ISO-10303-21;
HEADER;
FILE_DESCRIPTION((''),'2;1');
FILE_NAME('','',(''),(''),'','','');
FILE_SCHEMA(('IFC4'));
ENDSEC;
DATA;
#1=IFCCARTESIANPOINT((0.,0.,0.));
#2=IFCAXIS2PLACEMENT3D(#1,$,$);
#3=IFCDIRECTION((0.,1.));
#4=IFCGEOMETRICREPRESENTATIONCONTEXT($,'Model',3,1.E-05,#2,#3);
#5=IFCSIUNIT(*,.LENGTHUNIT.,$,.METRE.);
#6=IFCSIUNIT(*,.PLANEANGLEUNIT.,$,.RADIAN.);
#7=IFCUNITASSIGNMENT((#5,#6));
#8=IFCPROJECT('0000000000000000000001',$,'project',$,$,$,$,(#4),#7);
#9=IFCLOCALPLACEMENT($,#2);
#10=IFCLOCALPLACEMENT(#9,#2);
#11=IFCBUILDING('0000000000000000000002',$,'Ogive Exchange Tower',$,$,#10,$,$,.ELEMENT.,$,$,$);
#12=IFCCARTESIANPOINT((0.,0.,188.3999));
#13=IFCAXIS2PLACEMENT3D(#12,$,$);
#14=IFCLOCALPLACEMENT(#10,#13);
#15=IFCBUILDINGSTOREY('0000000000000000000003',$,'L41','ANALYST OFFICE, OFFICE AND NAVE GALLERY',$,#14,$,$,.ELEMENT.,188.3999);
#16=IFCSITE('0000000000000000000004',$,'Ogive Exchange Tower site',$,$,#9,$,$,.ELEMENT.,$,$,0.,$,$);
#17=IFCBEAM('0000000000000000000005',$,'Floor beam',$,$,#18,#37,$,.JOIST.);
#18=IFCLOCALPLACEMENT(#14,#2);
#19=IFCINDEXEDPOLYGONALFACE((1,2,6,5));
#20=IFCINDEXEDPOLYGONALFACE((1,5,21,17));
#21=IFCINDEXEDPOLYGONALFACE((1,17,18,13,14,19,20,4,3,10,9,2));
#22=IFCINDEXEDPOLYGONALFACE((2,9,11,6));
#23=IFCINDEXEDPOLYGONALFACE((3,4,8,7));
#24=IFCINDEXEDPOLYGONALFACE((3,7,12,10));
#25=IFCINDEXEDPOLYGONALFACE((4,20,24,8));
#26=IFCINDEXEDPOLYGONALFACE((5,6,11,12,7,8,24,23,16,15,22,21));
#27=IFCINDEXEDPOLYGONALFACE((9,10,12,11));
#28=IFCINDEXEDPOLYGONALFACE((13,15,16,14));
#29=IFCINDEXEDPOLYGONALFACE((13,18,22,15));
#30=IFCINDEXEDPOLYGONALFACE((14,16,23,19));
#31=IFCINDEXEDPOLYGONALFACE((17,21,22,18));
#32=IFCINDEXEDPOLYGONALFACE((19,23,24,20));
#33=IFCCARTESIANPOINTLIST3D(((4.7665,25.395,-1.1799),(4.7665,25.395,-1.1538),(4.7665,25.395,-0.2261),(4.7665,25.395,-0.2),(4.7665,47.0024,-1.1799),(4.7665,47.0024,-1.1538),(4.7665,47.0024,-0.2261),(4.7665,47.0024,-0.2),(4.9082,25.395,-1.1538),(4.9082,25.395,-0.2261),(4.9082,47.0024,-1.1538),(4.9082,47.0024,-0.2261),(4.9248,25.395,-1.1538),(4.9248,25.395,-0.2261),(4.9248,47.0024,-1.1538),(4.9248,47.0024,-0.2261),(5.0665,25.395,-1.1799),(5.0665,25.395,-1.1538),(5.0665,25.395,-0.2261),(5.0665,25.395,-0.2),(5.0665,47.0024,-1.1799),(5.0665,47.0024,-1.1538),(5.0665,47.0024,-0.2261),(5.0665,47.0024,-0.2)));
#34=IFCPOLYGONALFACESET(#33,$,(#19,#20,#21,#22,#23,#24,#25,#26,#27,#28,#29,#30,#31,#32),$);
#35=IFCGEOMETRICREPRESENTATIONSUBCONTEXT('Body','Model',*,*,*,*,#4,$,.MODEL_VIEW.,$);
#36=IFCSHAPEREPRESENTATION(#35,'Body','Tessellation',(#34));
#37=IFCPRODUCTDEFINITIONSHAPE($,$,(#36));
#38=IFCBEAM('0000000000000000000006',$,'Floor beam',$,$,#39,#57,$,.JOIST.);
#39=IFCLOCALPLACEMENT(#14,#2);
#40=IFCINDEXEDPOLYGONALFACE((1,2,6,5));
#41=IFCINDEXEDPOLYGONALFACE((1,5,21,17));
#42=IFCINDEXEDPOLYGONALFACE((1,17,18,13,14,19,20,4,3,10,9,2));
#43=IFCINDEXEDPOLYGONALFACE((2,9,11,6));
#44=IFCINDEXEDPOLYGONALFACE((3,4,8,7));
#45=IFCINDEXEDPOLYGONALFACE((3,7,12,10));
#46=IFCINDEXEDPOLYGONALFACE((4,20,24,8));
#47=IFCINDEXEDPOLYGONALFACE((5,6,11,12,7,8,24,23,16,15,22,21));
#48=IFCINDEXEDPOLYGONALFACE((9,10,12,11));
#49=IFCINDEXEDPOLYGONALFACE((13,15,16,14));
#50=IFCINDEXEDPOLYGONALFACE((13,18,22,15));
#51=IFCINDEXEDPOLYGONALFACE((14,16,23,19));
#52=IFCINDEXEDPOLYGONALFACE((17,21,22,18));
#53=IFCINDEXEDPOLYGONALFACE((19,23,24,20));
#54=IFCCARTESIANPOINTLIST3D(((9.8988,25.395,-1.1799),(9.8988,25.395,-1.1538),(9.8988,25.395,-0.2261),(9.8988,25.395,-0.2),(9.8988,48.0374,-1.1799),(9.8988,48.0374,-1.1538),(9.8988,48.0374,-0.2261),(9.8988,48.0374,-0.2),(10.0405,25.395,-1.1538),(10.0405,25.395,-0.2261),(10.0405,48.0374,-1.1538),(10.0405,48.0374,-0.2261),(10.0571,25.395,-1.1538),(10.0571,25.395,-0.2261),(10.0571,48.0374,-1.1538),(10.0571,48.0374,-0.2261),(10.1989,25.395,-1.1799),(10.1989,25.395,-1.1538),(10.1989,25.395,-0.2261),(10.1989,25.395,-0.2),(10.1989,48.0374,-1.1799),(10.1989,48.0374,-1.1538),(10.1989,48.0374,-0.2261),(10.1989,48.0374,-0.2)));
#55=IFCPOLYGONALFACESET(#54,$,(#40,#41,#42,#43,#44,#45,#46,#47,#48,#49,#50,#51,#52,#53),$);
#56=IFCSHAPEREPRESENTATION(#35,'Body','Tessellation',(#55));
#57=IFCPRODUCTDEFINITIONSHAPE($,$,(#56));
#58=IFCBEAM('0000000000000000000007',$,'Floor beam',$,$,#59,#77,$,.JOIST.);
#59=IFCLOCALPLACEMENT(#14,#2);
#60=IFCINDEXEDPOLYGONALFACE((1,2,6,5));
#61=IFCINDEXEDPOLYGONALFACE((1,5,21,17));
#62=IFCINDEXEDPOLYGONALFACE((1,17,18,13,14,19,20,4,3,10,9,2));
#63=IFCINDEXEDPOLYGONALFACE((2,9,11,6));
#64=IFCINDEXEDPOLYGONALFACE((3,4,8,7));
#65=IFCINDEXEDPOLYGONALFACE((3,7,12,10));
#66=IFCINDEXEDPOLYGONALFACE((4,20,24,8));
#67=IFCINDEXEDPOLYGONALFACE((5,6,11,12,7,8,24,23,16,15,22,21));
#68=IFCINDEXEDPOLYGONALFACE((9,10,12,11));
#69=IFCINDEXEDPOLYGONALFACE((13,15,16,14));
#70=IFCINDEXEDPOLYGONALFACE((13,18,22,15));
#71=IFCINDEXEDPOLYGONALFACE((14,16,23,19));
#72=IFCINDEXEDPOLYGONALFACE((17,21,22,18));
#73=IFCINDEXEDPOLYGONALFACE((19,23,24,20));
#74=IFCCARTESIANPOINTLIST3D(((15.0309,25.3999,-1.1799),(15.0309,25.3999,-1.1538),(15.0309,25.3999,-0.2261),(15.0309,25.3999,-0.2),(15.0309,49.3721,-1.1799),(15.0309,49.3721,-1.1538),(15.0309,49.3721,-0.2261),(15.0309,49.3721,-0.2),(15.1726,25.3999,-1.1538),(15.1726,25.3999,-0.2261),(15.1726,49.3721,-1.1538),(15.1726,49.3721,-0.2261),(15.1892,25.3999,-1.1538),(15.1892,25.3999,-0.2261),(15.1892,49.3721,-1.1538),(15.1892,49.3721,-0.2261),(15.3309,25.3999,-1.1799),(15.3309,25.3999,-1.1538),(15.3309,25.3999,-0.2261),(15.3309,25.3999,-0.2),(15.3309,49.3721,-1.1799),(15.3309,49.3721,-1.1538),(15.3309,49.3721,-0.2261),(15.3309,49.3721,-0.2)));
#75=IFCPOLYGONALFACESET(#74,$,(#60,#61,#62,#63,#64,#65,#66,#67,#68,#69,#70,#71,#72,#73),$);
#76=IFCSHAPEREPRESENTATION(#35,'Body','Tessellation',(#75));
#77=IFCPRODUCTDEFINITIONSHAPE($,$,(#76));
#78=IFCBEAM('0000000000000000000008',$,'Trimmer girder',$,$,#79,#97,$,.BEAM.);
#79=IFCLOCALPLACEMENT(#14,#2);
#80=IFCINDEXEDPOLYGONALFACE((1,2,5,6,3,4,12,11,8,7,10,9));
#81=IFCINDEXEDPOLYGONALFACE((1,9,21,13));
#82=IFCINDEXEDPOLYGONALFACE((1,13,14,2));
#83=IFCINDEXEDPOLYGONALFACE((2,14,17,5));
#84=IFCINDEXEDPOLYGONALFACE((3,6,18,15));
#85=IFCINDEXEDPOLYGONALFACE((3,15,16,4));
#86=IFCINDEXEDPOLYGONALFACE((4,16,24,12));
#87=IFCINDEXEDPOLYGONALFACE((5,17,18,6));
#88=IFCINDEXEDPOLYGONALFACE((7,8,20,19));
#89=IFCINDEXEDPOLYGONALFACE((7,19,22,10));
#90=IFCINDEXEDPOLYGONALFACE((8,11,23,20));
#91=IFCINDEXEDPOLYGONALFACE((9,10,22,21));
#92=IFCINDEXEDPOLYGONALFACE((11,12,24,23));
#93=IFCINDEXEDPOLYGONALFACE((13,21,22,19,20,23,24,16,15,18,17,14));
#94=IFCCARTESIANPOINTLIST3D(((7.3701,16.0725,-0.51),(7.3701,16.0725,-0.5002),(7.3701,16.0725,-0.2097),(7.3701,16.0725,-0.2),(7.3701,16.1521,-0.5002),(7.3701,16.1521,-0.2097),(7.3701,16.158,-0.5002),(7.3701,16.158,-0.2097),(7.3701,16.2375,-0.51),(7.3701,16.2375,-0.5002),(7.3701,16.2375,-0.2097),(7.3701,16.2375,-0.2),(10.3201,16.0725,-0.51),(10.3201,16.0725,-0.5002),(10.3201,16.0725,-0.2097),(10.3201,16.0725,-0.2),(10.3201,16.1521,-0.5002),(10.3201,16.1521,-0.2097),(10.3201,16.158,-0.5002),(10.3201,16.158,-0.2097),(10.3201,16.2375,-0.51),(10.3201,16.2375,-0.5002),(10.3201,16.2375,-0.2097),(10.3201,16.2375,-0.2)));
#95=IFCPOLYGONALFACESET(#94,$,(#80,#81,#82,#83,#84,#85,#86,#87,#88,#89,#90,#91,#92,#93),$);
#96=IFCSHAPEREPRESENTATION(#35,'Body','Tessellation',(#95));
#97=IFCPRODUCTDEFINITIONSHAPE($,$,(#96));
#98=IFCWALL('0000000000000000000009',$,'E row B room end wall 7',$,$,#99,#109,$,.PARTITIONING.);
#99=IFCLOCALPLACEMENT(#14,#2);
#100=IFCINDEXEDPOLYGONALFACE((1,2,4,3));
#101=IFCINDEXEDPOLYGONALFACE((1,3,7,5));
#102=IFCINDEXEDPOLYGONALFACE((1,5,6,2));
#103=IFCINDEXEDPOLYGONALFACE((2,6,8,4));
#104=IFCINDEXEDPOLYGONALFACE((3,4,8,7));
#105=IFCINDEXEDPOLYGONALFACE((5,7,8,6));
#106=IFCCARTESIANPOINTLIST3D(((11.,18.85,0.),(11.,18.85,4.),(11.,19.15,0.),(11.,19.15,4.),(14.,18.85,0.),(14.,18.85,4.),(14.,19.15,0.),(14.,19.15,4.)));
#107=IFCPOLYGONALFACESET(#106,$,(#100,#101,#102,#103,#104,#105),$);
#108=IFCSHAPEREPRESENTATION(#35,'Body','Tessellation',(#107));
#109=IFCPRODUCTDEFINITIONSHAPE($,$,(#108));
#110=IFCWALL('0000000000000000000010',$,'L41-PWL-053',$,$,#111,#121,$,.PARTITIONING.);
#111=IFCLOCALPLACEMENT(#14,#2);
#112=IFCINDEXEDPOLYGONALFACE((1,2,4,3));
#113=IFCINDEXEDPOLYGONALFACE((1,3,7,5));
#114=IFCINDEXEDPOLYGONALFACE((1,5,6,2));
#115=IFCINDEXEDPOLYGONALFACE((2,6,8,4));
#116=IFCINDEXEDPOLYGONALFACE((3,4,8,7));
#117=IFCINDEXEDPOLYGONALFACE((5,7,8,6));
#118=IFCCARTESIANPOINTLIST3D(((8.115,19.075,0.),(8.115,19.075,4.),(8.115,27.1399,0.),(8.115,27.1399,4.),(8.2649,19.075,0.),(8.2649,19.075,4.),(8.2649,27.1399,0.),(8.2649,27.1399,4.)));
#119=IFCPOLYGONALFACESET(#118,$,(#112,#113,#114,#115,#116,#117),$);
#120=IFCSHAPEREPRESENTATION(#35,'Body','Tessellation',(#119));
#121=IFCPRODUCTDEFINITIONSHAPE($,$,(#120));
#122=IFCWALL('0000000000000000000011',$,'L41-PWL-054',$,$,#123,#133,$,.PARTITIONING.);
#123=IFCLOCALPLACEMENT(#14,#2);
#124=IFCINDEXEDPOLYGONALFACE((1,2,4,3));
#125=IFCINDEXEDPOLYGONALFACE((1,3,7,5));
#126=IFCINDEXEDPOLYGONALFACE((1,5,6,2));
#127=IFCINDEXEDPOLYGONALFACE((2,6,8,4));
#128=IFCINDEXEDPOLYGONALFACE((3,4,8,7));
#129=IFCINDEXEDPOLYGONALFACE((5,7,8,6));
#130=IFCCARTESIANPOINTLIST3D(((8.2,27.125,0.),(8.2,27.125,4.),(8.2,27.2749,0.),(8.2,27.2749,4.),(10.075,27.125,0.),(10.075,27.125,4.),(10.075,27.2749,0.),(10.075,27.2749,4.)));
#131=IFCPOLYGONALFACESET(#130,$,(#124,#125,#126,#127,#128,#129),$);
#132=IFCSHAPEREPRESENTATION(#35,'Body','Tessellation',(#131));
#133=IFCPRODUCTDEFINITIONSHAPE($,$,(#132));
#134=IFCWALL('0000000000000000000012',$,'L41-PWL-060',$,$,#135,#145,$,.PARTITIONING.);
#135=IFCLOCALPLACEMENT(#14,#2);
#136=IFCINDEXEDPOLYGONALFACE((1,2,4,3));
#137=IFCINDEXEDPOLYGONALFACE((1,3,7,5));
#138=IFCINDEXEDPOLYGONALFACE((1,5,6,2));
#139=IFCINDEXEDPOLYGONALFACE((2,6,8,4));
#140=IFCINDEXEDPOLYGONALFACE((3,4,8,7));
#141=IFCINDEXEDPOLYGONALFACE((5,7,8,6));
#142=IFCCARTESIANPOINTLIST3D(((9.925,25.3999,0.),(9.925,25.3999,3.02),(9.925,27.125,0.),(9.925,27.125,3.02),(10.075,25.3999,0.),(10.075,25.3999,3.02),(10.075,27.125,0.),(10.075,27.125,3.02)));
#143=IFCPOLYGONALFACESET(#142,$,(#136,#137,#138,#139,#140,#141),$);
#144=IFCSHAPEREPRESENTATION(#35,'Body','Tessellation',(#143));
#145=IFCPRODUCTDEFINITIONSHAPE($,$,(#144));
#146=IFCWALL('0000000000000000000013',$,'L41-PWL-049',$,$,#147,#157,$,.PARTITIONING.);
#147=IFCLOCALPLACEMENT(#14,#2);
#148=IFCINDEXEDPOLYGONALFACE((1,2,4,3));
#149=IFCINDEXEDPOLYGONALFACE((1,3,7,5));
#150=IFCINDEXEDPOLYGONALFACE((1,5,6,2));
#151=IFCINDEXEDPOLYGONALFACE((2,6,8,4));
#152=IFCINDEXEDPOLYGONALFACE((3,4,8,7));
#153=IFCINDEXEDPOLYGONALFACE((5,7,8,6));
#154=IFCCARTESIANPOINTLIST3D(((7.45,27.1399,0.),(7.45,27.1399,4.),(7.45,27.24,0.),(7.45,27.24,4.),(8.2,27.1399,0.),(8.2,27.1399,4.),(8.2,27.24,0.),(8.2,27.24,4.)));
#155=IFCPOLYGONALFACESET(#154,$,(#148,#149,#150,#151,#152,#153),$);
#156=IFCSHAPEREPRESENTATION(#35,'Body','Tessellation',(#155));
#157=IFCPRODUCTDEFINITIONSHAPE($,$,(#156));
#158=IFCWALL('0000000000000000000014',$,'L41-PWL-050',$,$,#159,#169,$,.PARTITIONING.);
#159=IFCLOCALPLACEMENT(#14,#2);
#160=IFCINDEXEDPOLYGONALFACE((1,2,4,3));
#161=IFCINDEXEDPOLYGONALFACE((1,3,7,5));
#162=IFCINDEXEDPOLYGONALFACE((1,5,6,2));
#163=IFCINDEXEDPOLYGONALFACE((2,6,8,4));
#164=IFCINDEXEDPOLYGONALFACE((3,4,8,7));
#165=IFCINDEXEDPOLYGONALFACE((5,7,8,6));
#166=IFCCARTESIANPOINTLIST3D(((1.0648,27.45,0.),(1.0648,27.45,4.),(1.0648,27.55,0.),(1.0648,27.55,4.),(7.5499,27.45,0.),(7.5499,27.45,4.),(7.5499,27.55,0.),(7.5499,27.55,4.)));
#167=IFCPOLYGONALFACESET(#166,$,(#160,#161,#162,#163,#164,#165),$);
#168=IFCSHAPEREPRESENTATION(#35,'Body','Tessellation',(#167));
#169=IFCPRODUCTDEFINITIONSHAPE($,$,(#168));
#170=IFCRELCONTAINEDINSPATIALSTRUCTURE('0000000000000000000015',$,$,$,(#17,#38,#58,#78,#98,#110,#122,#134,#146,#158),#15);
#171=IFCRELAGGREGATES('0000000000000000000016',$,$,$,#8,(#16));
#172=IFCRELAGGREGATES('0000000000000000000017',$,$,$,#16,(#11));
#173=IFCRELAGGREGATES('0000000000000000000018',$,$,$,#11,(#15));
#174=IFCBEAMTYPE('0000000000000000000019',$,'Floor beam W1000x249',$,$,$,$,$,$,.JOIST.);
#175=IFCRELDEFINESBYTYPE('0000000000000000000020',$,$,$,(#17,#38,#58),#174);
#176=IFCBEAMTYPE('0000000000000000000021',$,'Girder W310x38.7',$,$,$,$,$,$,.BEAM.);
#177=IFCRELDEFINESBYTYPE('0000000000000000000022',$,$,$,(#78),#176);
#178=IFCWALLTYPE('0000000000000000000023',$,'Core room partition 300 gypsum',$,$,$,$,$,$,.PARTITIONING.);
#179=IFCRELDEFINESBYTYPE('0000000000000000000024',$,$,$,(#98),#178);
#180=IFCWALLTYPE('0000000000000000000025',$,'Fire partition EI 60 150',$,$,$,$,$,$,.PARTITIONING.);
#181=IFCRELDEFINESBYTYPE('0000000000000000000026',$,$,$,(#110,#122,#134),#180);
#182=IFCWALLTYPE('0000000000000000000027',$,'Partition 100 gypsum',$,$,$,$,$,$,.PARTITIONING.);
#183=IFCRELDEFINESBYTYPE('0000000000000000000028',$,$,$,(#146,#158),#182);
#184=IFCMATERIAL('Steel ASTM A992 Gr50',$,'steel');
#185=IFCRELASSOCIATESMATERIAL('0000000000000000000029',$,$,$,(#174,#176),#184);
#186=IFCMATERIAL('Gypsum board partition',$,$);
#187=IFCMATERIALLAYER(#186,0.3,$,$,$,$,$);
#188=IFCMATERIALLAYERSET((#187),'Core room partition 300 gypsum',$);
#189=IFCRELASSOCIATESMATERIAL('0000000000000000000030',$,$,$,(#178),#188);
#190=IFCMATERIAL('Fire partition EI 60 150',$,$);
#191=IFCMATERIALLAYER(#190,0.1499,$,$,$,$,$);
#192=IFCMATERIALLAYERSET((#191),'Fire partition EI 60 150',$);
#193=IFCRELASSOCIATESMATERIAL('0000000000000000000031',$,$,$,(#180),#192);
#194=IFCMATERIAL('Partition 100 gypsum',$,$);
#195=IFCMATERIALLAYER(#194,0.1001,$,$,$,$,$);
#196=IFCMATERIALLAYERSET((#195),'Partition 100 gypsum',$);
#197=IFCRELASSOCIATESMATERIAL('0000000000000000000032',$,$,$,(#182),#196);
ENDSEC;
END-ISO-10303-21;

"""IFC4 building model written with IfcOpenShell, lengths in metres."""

from ifc_helpers import new_model, si_unit, direction, frame, frame_2d, origin, origin_2d, place, context, subcontext, project, spatial, rectangle, i_section, extrude, material, layer, layer_set, material_profile, profile_set, type_object, element, save


model = new_model("IFC4")

# Units and contexts
model_context = context("Model", 3, precision=1e-05, world=origin(), true_north=direction((0.0, 1.0)))
body_context = subcontext(model_context, "Body", "Model", "MODEL_VIEW")
ifc_project = project(units=[si_unit("LENGTHUNIT", "METRE"), si_unit("PLANEANGLEUNIT", "RADIAN")], contexts=[model_context])

# Site, building, storey
site_placement = place(None, origin())
site = spatial("IfcSite", under=ifc_project, at=site_placement, Name="Ogive Exchange Tower site", CompositionType="ELEMENT", RefElevation=0.0)
building_placement = place(site_placement, origin())
building = spatial("IfcBuilding", under=site, at=building_placement, Name="Ogive Exchange Tower", CompositionType="ELEMENT")
storey_placement = place(building_placement, frame((0.0, 0.0, 188.3999)))
storey = spatial("IfcBuildingStorey", under=building, at=storey_placement, Name="L41", Description="ANALYST OFFICE, OFFICE AND NAVE GALLERY", CompositionType="ELEMENT", Elevation=188.3999)

# Beams
ifc_material_1 = material(Name="Steel ASTM A992 Gr50", Category="steel")
ifc_material_profile_1 = material_profile(ifc_material_1, i_section(OverallWidth=0.3, OverallDepth=0.98, WebThickness=0.0166, FlangeThickness=0.0261, at=origin_2d()), Name="W1000x249")
ifc_profile_set_1 = profile_set([ifc_material_profile_1], Name="Steel ASTM A992 Gr50")
beam_type_1 = type_object("IfcBeamType", Name="Floor beam W1000x249", PredefinedType="JOIST", material=ifc_profile_set_1)
beam_1_placement = place(storey_placement, frame((4.9165, 25.395, -0.6899), z_axis=(0.0, 1.0, 0.0), x_axis=(-1.0, 0.0, 0.0)))
element("IfcBeam", 1, at=beam_1_placement, inside=storey, type_object=beam_type_1, Name="Floor beam", PredefinedType="JOIST", context=body_context, shape_type="SweptSolid", body=[
    extrude(i_section(OverallWidth=0.3, OverallDepth=0.98, WebThickness=0.0166, FlangeThickness=0.0261, at=origin_2d()), origin(), (0.0, 0.0, 1.0), 21.6074),
])
beam_2_placement = place(storey_placement, frame((10.0488, 25.395, -0.6899), z_axis=(0.0, 1.0, 0.0), x_axis=(-1.0, 0.0, 0.0)))
element("IfcBeam", 2, at=beam_2_placement, inside=storey, type_object=beam_type_1, Name="Floor beam", PredefinedType="JOIST", context=body_context, shape_type="SweptSolid", body=[
    extrude(i_section(OverallWidth=0.3, OverallDepth=0.98, WebThickness=0.0166, FlangeThickness=0.0261, at=origin_2d()), origin(), (0.0, 0.0, 1.0), 22.6423),
])
beam_3_placement = place(storey_placement, frame((15.1809, 25.3999, -0.6899), z_axis=(0.0, 1.0, 0.0), x_axis=(-1.0, 0.0, 0.0)))
element("IfcBeam", 3, at=beam_3_placement, inside=storey, type_object=beam_type_1, Name="Floor beam", PredefinedType="JOIST", context=body_context, shape_type="SweptSolid", body=[
    extrude(i_section(OverallWidth=0.3, OverallDepth=0.98, WebThickness=0.0166, FlangeThickness=0.0261, at=origin_2d()), origin(), (0.0, 0.0, 1.0), 23.9722),
])
ifc_material_profile_2 = material_profile(ifc_material_1, i_section(OverallWidth=0.165, OverallDepth=0.3101, WebThickness=0.0059, FlangeThickness=0.0098, at=origin_2d()), Name="W310x38.7")
ifc_profile_set_2 = profile_set([ifc_material_profile_2], Name="Steel ASTM A992 Gr50")
beam_type_2 = type_object("IfcBeamType", Name="Girder W310x38.7", PredefinedType="BEAM", material=ifc_profile_set_2)
beam_4_placement = place(storey_placement, frame((7.3701, 16.155, -0.355), z_axis=(1.0, 0.0, 0.0), x_axis=(0.0, 1.0, 0.0)))
element("IfcBeam", 4, at=beam_4_placement, inside=storey, type_object=beam_type_2, Name="Trimmer girder", PredefinedType="BEAM", context=body_context, shape_type="SweptSolid", body=[
    extrude(i_section(OverallWidth=0.165, OverallDepth=0.3101, WebThickness=0.0059, FlangeThickness=0.0098, at=origin_2d()), origin(), (0.0, 0.0, 1.0), 2.95),
])

# Walls
ifc_material_2 = material(Name="Gypsum board partition")
ifc_layer_1 = layer(ifc_material_2, 0.3)
ifc_layer_set_1 = layer_set([ifc_layer_1], Name="Core room partition 300 gypsum")
wall_type_1 = type_object("IfcWallType", Name="Core room partition 300 gypsum", PredefinedType="PARTITIONING", material=ifc_layer_set_1)
wall_1_placement = place(storey_placement, frame((11.0, 19.0, 0.0), z_axis=(0.0, 0.0, 1.0), x_axis=(1.0, 0.0, 0.0)))
element("IfcWall", 5, at=wall_1_placement, inside=storey, type_object=wall_type_1, Name="E row B room end wall 7", PredefinedType="PARTITIONING", context=body_context, shape_type="SweptSolid", body=[
    extrude(rectangle(XDim=3.0, YDim=0.3, at=frame_2d((1.5, 0.0))), origin(), (0.0, 0.0, 1.0), 4.0),
])
ifc_material_3 = material(Name="Fire partition EI 60 150")
ifc_layer_2 = layer(ifc_material_3, 0.1499)
ifc_layer_set_2 = layer_set([ifc_layer_2], Name="Fire partition EI 60 150")
wall_type_2 = type_object("IfcWallType", Name="Fire partition EI 60 150", PredefinedType="PARTITIONING", material=ifc_layer_set_2)
wall_2_placement = place(storey_placement, frame((8.1899, 19.075, 0.0), z_axis=(0.0, 0.0, 1.0), x_axis=(0.0, 1.0, 0.0)))
element("IfcWall", 6, at=wall_2_placement, inside=storey, type_object=wall_type_2, Name="L41-PWL-053", PredefinedType="PARTITIONING", context=body_context, shape_type="SweptSolid", body=[
    extrude(rectangle(XDim=8.0649, YDim=0.1499, at=frame_2d((4.0325, 0.0))), origin(), (0.0, 0.0, 1.0), 4.0),
])
wall_3_placement = place(storey_placement, frame((8.2, 27.2, 0.0), z_axis=(0.0, 0.0, 1.0), x_axis=(1.0, 0.0, 0.0)))
element("IfcWall", 7, at=wall_3_placement, inside=storey, type_object=wall_type_2, Name="L41-PWL-054", PredefinedType="PARTITIONING", context=body_context, shape_type="SweptSolid", body=[
    extrude(rectangle(XDim=1.875, YDim=0.1499, at=frame_2d((0.9375, 0.0))), origin(), (0.0, 0.0, 1.0), 4.0),
])
wall_4_placement = place(storey_placement, frame((10.0, 27.125, 0.0), z_axis=(0.0, 0.0, 1.0), x_axis=(0.0, -1.0, 0.0)))
element("IfcWall", 8, at=wall_4_placement, inside=storey, type_object=wall_type_2, Name="L41-PWL-060", PredefinedType="PARTITIONING", context=body_context, shape_type="SweptSolid", body=[
    extrude(rectangle(XDim=1.7251, YDim=0.1499, at=frame_2d((0.8625, 0.0))), origin(), (0.0, 0.0, 1.0), 3.02),
])
ifc_material_4 = material(Name="Partition 100 gypsum")
ifc_layer_3 = layer(ifc_material_4, 0.1001)
ifc_layer_set_3 = layer_set([ifc_layer_3], Name="Partition 100 gypsum")
wall_type_3 = type_object("IfcWallType", Name="Partition 100 gypsum", PredefinedType="PARTITIONING", material=ifc_layer_set_3)
wall_5_placement = place(storey_placement, frame((7.45, 27.1899, 0.0), z_axis=(0.0, 0.0, 1.0), x_axis=(1.0, 0.0, 0.0)))
element("IfcWall", 9, at=wall_5_placement, inside=storey, type_object=wall_type_3, Name="L41-PWL-049", PredefinedType="PARTITIONING", context=body_context, shape_type="SweptSolid", body=[
    extrude(rectangle(XDim=0.75, YDim=0.1001, at=frame_2d((0.375, 0.0))), origin(), (0.0, 0.0, 1.0), 4.0),
])
wall_6_placement = place(storey_placement, frame((7.55, 27.5, 0.0), z_axis=(0.0, 0.0, 1.0), x_axis=(-1.0, 0.0, 0.0)))
element("IfcWall", 10, at=wall_6_placement, inside=storey, type_object=wall_type_3, Name="L41-PWL-050", PredefinedType="PARTITIONING", context=body_context, shape_type="SweptSolid", body=[
    extrude(rectangle(XDim=6.4851, YDim=0.1001, at=frame_2d((3.2427, 0.0))), origin(), (0.0, 0.0, 1.0), 4.0),
])

save(model, "model.ifc")
